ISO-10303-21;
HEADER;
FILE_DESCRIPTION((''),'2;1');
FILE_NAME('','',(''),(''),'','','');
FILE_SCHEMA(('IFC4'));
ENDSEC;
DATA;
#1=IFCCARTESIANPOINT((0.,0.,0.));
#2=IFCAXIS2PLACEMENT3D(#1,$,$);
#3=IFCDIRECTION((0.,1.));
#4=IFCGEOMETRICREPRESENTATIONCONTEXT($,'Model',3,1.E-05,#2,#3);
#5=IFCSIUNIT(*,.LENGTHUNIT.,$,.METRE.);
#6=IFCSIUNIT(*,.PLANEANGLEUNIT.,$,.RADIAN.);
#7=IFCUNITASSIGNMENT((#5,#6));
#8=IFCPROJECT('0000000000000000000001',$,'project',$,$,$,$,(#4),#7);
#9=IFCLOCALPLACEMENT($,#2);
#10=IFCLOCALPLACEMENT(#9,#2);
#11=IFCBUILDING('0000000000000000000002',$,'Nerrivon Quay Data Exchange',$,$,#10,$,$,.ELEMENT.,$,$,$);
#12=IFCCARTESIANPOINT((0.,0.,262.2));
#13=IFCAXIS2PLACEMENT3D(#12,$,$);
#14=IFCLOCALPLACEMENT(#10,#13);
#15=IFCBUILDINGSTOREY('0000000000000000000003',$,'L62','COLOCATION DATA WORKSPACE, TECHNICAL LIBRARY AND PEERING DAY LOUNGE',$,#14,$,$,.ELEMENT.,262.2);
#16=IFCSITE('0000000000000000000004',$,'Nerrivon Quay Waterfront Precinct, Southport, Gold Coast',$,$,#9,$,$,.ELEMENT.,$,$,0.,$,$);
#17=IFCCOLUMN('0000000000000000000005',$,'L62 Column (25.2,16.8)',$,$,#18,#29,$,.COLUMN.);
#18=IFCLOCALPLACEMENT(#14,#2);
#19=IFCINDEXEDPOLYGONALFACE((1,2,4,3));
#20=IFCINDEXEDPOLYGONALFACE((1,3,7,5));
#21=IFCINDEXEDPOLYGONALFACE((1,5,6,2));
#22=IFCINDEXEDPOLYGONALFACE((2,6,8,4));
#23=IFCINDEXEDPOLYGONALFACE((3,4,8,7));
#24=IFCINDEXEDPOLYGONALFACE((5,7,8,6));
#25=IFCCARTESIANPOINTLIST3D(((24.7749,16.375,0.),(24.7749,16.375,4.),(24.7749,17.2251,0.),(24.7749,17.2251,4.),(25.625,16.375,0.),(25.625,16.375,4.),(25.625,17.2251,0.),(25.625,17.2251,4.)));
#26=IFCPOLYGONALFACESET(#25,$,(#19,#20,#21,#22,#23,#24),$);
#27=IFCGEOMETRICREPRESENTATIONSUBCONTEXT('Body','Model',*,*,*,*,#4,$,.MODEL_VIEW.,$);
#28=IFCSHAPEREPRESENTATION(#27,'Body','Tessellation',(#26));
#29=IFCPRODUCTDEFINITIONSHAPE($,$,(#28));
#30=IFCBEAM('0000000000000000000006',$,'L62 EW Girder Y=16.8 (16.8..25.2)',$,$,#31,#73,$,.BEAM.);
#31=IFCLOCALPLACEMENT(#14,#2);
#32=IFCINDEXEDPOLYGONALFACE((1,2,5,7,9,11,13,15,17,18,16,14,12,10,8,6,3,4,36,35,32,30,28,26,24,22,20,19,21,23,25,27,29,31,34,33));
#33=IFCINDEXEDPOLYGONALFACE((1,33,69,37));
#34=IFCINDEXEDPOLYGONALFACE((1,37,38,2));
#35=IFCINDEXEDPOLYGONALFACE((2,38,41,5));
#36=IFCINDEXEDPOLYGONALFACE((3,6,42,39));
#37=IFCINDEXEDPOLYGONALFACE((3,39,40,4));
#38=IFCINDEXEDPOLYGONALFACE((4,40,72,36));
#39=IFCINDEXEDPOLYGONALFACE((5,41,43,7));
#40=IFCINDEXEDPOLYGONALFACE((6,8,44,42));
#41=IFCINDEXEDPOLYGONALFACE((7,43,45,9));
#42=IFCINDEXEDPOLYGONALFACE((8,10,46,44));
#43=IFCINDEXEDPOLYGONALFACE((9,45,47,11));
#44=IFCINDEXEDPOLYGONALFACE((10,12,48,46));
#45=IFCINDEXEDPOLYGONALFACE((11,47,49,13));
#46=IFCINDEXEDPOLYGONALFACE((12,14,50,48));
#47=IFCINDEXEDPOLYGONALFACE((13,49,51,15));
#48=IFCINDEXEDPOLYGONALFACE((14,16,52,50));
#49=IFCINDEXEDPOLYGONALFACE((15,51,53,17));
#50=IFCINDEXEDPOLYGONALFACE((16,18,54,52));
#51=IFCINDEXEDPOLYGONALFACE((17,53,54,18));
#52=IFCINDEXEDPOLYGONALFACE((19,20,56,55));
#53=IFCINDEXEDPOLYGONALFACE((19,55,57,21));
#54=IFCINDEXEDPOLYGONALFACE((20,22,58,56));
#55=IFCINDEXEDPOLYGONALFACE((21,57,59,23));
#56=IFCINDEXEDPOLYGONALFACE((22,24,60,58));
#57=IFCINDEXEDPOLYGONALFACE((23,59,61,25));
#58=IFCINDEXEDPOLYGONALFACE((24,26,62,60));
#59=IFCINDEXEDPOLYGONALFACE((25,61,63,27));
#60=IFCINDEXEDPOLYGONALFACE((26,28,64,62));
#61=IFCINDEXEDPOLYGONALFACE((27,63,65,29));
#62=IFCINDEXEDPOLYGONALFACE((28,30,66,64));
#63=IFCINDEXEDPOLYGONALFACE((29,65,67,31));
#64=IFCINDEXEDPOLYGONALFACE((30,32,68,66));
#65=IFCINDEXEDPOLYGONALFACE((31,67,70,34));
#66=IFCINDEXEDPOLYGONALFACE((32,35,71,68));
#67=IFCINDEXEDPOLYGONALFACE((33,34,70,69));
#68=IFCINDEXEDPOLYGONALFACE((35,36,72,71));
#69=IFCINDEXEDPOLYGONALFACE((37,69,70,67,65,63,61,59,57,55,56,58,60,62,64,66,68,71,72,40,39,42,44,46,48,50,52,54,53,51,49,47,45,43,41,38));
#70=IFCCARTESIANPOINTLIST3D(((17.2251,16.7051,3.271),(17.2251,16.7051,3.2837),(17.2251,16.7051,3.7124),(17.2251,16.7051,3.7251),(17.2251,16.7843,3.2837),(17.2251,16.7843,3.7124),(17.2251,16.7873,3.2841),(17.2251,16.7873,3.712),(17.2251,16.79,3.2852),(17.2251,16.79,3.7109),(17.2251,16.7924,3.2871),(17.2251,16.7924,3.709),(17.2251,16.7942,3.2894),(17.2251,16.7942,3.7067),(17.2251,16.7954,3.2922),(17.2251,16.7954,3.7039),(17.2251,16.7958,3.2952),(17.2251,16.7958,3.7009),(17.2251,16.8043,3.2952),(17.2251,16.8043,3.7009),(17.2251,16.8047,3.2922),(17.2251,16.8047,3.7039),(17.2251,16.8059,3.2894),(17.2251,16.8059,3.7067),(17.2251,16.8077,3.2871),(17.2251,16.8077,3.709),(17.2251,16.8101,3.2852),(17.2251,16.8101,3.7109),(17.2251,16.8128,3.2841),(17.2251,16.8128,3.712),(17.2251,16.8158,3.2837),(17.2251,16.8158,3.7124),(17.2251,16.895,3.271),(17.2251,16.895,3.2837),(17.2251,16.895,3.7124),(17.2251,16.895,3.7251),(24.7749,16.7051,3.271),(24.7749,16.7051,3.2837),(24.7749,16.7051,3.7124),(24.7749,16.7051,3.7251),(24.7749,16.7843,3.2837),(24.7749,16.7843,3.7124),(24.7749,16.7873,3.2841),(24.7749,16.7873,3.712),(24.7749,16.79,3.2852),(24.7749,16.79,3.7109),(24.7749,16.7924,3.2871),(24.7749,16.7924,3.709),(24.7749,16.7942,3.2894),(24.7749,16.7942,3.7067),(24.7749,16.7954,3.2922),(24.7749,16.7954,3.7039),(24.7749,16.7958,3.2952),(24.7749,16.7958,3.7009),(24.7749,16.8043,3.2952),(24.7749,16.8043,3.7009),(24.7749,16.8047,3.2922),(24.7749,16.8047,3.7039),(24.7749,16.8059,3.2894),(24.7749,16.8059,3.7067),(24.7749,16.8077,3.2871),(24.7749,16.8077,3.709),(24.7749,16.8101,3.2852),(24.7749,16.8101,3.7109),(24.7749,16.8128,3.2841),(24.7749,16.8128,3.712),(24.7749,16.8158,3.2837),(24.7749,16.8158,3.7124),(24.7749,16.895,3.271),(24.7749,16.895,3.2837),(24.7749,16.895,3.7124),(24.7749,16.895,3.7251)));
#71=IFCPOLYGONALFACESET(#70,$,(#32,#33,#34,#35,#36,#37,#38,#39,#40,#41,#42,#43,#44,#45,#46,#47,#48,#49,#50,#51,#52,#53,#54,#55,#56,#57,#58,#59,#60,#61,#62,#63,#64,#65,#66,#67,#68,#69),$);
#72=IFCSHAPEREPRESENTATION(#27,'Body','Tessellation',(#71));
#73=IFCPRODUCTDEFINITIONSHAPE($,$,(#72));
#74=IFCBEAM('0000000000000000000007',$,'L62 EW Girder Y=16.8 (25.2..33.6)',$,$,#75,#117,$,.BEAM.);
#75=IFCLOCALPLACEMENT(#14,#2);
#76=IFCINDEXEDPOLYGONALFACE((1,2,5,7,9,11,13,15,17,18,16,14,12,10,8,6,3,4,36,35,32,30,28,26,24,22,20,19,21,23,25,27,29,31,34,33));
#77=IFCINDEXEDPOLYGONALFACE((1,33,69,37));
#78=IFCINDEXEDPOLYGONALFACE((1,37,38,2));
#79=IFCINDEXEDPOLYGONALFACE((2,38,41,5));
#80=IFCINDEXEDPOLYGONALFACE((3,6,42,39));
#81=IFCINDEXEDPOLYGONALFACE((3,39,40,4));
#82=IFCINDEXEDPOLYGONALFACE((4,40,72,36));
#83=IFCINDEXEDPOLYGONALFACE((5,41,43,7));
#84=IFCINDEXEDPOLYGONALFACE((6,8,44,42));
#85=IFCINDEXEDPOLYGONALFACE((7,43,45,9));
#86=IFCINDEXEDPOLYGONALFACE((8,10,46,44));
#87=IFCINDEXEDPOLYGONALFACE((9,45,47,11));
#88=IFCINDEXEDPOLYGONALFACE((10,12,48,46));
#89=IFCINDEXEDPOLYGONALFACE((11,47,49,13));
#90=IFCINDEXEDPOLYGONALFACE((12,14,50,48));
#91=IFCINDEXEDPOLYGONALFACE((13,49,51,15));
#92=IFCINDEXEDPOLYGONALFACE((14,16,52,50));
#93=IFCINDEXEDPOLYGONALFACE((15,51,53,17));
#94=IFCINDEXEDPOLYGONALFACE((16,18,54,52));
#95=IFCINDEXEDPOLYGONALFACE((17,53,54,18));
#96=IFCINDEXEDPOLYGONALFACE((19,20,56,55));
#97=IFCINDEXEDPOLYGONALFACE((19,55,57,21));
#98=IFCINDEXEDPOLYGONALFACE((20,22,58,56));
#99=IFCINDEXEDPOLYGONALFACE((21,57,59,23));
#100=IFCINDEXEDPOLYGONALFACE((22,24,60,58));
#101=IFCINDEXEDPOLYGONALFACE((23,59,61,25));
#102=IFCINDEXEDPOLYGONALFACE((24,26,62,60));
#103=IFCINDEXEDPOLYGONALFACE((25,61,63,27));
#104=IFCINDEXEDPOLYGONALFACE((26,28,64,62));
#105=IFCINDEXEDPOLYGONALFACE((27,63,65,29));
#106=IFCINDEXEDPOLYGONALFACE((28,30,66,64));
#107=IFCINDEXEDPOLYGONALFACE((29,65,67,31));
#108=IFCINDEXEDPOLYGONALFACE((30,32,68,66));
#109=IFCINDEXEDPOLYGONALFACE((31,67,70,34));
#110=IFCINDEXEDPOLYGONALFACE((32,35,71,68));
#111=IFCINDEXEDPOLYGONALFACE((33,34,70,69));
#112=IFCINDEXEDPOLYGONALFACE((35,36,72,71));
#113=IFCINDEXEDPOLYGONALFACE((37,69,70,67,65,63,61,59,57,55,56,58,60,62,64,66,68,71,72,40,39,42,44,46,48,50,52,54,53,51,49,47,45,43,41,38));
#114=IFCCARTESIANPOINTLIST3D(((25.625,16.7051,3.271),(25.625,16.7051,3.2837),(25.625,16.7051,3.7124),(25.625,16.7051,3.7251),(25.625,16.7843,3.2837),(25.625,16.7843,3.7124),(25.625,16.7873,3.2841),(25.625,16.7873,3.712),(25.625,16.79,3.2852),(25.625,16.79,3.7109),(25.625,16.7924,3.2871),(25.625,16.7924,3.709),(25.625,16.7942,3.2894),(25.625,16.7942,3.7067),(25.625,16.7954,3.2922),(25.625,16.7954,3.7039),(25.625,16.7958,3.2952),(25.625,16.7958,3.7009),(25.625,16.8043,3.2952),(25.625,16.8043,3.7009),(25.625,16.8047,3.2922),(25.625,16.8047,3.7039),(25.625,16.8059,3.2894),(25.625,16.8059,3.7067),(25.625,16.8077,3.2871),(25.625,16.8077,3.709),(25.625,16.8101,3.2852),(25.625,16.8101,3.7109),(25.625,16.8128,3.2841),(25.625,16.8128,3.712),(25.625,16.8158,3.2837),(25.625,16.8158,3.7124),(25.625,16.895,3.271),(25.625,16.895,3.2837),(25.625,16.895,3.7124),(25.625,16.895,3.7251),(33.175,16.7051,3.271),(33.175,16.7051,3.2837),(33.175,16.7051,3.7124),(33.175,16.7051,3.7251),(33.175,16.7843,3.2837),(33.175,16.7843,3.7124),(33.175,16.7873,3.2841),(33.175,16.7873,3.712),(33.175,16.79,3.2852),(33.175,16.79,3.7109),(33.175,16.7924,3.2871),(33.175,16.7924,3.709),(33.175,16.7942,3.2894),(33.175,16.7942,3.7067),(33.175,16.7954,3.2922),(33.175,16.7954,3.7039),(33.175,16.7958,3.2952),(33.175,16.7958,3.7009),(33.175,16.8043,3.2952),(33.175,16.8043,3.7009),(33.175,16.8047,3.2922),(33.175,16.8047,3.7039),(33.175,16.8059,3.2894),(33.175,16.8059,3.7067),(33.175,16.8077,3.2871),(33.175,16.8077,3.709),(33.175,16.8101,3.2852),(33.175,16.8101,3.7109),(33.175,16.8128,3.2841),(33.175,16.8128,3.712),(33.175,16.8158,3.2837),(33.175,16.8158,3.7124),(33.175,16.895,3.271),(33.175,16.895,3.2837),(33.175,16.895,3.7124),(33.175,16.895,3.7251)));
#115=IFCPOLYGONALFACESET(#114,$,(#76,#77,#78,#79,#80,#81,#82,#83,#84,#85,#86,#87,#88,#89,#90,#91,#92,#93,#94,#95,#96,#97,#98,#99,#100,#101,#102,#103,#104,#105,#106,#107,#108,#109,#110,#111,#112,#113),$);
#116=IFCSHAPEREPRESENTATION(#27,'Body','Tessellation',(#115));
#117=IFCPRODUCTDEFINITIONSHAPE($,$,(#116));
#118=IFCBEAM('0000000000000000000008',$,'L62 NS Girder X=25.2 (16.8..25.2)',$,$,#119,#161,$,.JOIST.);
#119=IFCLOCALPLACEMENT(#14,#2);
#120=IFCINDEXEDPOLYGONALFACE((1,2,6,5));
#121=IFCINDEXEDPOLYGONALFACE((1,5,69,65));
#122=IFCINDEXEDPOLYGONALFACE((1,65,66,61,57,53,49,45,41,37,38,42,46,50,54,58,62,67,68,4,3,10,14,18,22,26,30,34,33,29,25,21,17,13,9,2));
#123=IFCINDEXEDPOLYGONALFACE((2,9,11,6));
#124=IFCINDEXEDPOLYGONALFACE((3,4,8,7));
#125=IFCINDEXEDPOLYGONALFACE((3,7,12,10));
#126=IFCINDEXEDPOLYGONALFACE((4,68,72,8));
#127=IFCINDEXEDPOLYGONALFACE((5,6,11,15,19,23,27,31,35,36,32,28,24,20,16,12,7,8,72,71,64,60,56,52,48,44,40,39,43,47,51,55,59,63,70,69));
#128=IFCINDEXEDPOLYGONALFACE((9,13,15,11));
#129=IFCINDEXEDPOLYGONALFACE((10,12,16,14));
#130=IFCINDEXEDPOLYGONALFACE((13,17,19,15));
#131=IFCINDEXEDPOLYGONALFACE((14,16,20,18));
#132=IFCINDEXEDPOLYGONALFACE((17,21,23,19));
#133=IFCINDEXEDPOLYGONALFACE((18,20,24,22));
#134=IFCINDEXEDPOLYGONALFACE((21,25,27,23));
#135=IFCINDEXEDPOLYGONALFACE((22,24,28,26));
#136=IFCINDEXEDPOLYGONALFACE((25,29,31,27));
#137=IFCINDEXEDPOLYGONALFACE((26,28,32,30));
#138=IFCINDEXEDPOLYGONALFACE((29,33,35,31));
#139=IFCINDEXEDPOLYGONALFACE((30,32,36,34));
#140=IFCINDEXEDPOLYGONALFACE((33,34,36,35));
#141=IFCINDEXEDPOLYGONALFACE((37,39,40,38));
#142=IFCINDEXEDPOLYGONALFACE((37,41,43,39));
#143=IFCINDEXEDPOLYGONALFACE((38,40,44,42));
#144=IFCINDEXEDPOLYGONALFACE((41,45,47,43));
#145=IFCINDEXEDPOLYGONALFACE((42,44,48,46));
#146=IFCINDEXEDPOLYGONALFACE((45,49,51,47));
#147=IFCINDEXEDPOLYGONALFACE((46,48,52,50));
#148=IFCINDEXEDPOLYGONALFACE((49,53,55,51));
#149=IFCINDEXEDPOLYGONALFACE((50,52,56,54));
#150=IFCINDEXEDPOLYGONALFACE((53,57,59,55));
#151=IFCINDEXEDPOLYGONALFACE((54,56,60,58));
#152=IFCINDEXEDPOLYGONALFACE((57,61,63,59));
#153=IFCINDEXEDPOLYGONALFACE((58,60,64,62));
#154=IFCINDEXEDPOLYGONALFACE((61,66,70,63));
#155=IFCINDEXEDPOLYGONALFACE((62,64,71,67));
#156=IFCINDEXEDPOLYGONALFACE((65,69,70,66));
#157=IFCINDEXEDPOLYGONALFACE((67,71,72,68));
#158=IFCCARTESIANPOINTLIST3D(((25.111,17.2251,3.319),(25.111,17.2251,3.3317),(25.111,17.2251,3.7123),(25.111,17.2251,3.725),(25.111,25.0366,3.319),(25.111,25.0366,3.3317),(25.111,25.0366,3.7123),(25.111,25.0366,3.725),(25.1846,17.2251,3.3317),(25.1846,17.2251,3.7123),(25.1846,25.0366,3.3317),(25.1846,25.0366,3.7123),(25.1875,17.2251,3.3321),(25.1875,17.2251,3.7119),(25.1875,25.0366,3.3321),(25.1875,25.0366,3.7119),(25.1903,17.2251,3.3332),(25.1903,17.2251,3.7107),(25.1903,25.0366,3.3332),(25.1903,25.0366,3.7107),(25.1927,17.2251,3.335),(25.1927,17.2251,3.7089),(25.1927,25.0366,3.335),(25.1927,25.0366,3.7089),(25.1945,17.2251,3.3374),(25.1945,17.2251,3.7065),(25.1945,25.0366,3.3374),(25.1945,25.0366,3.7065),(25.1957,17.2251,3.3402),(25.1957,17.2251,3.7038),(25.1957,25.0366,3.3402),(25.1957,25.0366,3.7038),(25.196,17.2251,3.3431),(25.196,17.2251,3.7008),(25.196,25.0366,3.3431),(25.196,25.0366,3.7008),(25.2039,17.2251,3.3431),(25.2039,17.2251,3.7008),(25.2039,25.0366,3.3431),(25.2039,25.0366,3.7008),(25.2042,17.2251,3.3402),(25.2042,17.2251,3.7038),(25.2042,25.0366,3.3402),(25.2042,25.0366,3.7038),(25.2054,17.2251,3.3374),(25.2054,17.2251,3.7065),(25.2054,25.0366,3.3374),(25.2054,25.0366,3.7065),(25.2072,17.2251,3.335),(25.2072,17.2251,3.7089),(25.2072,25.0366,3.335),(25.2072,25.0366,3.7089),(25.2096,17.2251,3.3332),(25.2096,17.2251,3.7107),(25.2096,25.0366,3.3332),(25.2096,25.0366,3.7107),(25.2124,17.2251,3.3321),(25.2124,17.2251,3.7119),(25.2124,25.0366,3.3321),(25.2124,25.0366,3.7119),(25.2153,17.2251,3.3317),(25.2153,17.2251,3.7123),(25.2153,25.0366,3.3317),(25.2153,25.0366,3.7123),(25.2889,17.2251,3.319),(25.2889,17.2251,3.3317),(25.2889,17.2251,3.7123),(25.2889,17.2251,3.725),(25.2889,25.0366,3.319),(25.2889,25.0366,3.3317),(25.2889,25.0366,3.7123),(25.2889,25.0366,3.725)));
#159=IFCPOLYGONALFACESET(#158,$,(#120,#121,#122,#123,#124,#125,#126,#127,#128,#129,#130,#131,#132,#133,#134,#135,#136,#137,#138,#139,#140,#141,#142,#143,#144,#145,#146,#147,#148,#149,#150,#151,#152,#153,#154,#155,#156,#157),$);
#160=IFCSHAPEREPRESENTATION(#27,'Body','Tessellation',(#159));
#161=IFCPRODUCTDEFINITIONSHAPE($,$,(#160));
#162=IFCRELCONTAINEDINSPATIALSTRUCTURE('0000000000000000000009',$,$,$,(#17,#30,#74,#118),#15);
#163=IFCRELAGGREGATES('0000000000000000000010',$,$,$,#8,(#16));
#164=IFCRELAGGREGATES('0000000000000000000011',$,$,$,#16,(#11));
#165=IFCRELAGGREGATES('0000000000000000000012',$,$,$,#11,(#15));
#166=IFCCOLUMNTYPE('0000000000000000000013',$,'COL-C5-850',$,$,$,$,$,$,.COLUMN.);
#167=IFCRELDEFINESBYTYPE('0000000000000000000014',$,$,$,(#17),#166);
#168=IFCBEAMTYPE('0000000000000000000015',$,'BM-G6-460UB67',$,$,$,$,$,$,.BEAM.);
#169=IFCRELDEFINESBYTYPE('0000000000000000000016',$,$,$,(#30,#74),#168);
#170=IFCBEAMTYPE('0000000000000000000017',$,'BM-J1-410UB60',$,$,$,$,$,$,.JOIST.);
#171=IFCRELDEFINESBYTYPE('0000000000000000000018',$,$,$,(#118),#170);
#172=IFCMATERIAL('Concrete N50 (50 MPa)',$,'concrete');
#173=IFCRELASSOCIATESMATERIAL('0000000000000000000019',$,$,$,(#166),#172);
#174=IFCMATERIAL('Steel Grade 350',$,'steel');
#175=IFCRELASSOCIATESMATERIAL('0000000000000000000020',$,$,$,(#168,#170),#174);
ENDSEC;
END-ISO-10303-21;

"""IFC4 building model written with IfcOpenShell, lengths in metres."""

from ifc_helpers import new_model, si_unit, direction, frame, origin, origin_2d, place, context, subcontext, project, spatial, rectangle, i_section, extrude, material, material_profile, profile_set, type_object, element, save


model = new_model("IFC4")

# Units and contexts
model_context = context("Model", 3, precision=1e-05, world=origin(), true_north=direction((0.0, 1.0)))
body_context = subcontext(model_context, "Body", "Model", "MODEL_VIEW")
ifc_project = project(units=[si_unit("LENGTHUNIT", "METRE"), si_unit("PLANEANGLEUNIT", "RADIAN")], contexts=[model_context])

# Site, building, storey
site_placement = place(None, origin())
site = spatial("IfcSite", under=ifc_project, at=site_placement, Name="Nerrivon Quay Waterfront Precinct, Southport, Gold Coast", CompositionType="ELEMENT", RefElevation=0.0)
building_placement = place(site_placement, origin())
building = spatial("IfcBuilding", under=site, at=building_placement, Name="Nerrivon Quay Data Exchange", CompositionType="ELEMENT")
storey_placement = place(building_placement, frame((0.0, 0.0, 262.2)))
storey = spatial("IfcBuildingStorey", under=building, at=storey_placement, Name="L62", Description="COLOCATION DATA WORKSPACE, TECHNICAL LIBRARY AND PEERING DAY LOUNGE", CompositionType="ELEMENT", Elevation=262.2)

# Column
ifc_material_1 = material(Name="Concrete N50 (50 MPa)", Category="concrete")
ifc_material_profile_1 = material_profile(ifc_material_1, rectangle(XDim=0.8501, YDim=0.8501, at=origin_2d()), Name="RC-COL-850x850")
ifc_profile_set_1 = profile_set([ifc_material_profile_1], Name="Concrete N50 (50 MPa)")
column_type = type_object("IfcColumnType", Name="COL-C5-850", PredefinedType="COLUMN", material=ifc_profile_set_1)
column_placement = place(storey_placement, frame((25.2, 16.8, 0.0), z_axis=(0.0, 0.0, 1.0), x_axis=(1.0, 0.0, 0.0)))
element("IfcColumn", 1, at=column_placement, inside=storey, type_object=column_type, Name="L62 Column (25.2,16.8)", PredefinedType="COLUMN", context=body_context, shape_type="SweptSolid", body=[
    extrude(rectangle(XDim=0.8501, YDim=0.8501, at=origin_2d()), origin(), (0.0, 0.0, 1.0), 4.0),
])

# Beams
ifc_material_2 = material(Name="Steel Grade 350", Category="steel")
ifc_material_profile_2 = material_profile(ifc_material_2, i_section(OverallWidth=0.1899, OverallDepth=0.4541, WebThickness=0.0085, FlangeThickness=0.0127, FilletRadius=0.0115, at=origin_2d()), Name="460UB67.1")
ifc_profile_set_2 = profile_set([ifc_material_profile_2], Name="Steel Grade 350")
beam_type_1 = type_object("IfcBeamType", Name="BM-G6-460UB67", PredefinedType="BEAM", material=ifc_profile_set_2)
beam_1_placement = place(storey_placement, frame((17.2251, 16.8, 3.498), z_axis=(1.0, 0.0, 0.0), x_axis=(0.0, 1.0, 0.0)))
element("IfcBeam", 2, at=beam_1_placement, inside=storey, type_object=beam_type_1, Name="L62 EW Girder Y=16.8 (16.8..25.2)", PredefinedType="BEAM", context=body_context, shape_type="SweptSolid", body=[
    extrude(i_section(OverallWidth=0.1899, OverallDepth=0.4541, WebThickness=0.0085, FlangeThickness=0.0127, FilletRadius=0.0115, at=origin_2d()), origin(), (0.0, 0.0, 1.0), 7.5498),
])
beam_2_placement = place(storey_placement, frame((25.625, 16.8, 3.498), z_axis=(1.0, 0.0, 0.0), x_axis=(0.0, 1.0, 0.0)))
element("IfcBeam", 3, at=beam_2_placement, inside=storey, type_object=beam_type_1, Name="L62 EW Girder Y=16.8 (25.2..33.6)", PredefinedType="BEAM", context=body_context, shape_type="SweptSolid", body=[
    extrude(i_section(OverallWidth=0.1899, OverallDepth=0.4541, WebThickness=0.0085, FlangeThickness=0.0127, FilletRadius=0.0115, at=origin_2d()), origin(), (0.0, 0.0, 1.0), 7.55),
])
ifc_material_profile_3 = material_profile(ifc_material_2, i_section(OverallWidth=0.178, OverallDepth=0.406, WebThickness=0.0078, FlangeThickness=0.0127, FilletRadius=0.0115, at=origin_2d()), Name="410UB59.7")
ifc_profile_set_3 = profile_set([ifc_material_profile_3], Name="Steel Grade 350")
beam_type_2 = type_object("IfcBeamType", Name="BM-J1-410UB60", PredefinedType="JOIST", material=ifc_profile_set_3)
beam_3_placement = place(storey_placement, frame((25.2, 17.2251, 3.522), z_axis=(0.0, 1.0, 0.0), x_axis=(-1.0, 0.0, 0.0)))
element("IfcBeam", 4, at=beam_3_placement, inside=storey, type_object=beam_type_2, Name="L62 NS Girder X=25.2 (16.8..25.2)", PredefinedType="JOIST", context=body_context, shape_type="SweptSolid", body=[
    extrude(i_section(OverallWidth=0.178, OverallDepth=0.406, WebThickness=0.0078, FlangeThickness=0.0127, FilletRadius=0.0115, at=origin_2d()), origin(), (0.0, 0.0, 1.0), 7.8115),
])

save(model, "model.ifc")
